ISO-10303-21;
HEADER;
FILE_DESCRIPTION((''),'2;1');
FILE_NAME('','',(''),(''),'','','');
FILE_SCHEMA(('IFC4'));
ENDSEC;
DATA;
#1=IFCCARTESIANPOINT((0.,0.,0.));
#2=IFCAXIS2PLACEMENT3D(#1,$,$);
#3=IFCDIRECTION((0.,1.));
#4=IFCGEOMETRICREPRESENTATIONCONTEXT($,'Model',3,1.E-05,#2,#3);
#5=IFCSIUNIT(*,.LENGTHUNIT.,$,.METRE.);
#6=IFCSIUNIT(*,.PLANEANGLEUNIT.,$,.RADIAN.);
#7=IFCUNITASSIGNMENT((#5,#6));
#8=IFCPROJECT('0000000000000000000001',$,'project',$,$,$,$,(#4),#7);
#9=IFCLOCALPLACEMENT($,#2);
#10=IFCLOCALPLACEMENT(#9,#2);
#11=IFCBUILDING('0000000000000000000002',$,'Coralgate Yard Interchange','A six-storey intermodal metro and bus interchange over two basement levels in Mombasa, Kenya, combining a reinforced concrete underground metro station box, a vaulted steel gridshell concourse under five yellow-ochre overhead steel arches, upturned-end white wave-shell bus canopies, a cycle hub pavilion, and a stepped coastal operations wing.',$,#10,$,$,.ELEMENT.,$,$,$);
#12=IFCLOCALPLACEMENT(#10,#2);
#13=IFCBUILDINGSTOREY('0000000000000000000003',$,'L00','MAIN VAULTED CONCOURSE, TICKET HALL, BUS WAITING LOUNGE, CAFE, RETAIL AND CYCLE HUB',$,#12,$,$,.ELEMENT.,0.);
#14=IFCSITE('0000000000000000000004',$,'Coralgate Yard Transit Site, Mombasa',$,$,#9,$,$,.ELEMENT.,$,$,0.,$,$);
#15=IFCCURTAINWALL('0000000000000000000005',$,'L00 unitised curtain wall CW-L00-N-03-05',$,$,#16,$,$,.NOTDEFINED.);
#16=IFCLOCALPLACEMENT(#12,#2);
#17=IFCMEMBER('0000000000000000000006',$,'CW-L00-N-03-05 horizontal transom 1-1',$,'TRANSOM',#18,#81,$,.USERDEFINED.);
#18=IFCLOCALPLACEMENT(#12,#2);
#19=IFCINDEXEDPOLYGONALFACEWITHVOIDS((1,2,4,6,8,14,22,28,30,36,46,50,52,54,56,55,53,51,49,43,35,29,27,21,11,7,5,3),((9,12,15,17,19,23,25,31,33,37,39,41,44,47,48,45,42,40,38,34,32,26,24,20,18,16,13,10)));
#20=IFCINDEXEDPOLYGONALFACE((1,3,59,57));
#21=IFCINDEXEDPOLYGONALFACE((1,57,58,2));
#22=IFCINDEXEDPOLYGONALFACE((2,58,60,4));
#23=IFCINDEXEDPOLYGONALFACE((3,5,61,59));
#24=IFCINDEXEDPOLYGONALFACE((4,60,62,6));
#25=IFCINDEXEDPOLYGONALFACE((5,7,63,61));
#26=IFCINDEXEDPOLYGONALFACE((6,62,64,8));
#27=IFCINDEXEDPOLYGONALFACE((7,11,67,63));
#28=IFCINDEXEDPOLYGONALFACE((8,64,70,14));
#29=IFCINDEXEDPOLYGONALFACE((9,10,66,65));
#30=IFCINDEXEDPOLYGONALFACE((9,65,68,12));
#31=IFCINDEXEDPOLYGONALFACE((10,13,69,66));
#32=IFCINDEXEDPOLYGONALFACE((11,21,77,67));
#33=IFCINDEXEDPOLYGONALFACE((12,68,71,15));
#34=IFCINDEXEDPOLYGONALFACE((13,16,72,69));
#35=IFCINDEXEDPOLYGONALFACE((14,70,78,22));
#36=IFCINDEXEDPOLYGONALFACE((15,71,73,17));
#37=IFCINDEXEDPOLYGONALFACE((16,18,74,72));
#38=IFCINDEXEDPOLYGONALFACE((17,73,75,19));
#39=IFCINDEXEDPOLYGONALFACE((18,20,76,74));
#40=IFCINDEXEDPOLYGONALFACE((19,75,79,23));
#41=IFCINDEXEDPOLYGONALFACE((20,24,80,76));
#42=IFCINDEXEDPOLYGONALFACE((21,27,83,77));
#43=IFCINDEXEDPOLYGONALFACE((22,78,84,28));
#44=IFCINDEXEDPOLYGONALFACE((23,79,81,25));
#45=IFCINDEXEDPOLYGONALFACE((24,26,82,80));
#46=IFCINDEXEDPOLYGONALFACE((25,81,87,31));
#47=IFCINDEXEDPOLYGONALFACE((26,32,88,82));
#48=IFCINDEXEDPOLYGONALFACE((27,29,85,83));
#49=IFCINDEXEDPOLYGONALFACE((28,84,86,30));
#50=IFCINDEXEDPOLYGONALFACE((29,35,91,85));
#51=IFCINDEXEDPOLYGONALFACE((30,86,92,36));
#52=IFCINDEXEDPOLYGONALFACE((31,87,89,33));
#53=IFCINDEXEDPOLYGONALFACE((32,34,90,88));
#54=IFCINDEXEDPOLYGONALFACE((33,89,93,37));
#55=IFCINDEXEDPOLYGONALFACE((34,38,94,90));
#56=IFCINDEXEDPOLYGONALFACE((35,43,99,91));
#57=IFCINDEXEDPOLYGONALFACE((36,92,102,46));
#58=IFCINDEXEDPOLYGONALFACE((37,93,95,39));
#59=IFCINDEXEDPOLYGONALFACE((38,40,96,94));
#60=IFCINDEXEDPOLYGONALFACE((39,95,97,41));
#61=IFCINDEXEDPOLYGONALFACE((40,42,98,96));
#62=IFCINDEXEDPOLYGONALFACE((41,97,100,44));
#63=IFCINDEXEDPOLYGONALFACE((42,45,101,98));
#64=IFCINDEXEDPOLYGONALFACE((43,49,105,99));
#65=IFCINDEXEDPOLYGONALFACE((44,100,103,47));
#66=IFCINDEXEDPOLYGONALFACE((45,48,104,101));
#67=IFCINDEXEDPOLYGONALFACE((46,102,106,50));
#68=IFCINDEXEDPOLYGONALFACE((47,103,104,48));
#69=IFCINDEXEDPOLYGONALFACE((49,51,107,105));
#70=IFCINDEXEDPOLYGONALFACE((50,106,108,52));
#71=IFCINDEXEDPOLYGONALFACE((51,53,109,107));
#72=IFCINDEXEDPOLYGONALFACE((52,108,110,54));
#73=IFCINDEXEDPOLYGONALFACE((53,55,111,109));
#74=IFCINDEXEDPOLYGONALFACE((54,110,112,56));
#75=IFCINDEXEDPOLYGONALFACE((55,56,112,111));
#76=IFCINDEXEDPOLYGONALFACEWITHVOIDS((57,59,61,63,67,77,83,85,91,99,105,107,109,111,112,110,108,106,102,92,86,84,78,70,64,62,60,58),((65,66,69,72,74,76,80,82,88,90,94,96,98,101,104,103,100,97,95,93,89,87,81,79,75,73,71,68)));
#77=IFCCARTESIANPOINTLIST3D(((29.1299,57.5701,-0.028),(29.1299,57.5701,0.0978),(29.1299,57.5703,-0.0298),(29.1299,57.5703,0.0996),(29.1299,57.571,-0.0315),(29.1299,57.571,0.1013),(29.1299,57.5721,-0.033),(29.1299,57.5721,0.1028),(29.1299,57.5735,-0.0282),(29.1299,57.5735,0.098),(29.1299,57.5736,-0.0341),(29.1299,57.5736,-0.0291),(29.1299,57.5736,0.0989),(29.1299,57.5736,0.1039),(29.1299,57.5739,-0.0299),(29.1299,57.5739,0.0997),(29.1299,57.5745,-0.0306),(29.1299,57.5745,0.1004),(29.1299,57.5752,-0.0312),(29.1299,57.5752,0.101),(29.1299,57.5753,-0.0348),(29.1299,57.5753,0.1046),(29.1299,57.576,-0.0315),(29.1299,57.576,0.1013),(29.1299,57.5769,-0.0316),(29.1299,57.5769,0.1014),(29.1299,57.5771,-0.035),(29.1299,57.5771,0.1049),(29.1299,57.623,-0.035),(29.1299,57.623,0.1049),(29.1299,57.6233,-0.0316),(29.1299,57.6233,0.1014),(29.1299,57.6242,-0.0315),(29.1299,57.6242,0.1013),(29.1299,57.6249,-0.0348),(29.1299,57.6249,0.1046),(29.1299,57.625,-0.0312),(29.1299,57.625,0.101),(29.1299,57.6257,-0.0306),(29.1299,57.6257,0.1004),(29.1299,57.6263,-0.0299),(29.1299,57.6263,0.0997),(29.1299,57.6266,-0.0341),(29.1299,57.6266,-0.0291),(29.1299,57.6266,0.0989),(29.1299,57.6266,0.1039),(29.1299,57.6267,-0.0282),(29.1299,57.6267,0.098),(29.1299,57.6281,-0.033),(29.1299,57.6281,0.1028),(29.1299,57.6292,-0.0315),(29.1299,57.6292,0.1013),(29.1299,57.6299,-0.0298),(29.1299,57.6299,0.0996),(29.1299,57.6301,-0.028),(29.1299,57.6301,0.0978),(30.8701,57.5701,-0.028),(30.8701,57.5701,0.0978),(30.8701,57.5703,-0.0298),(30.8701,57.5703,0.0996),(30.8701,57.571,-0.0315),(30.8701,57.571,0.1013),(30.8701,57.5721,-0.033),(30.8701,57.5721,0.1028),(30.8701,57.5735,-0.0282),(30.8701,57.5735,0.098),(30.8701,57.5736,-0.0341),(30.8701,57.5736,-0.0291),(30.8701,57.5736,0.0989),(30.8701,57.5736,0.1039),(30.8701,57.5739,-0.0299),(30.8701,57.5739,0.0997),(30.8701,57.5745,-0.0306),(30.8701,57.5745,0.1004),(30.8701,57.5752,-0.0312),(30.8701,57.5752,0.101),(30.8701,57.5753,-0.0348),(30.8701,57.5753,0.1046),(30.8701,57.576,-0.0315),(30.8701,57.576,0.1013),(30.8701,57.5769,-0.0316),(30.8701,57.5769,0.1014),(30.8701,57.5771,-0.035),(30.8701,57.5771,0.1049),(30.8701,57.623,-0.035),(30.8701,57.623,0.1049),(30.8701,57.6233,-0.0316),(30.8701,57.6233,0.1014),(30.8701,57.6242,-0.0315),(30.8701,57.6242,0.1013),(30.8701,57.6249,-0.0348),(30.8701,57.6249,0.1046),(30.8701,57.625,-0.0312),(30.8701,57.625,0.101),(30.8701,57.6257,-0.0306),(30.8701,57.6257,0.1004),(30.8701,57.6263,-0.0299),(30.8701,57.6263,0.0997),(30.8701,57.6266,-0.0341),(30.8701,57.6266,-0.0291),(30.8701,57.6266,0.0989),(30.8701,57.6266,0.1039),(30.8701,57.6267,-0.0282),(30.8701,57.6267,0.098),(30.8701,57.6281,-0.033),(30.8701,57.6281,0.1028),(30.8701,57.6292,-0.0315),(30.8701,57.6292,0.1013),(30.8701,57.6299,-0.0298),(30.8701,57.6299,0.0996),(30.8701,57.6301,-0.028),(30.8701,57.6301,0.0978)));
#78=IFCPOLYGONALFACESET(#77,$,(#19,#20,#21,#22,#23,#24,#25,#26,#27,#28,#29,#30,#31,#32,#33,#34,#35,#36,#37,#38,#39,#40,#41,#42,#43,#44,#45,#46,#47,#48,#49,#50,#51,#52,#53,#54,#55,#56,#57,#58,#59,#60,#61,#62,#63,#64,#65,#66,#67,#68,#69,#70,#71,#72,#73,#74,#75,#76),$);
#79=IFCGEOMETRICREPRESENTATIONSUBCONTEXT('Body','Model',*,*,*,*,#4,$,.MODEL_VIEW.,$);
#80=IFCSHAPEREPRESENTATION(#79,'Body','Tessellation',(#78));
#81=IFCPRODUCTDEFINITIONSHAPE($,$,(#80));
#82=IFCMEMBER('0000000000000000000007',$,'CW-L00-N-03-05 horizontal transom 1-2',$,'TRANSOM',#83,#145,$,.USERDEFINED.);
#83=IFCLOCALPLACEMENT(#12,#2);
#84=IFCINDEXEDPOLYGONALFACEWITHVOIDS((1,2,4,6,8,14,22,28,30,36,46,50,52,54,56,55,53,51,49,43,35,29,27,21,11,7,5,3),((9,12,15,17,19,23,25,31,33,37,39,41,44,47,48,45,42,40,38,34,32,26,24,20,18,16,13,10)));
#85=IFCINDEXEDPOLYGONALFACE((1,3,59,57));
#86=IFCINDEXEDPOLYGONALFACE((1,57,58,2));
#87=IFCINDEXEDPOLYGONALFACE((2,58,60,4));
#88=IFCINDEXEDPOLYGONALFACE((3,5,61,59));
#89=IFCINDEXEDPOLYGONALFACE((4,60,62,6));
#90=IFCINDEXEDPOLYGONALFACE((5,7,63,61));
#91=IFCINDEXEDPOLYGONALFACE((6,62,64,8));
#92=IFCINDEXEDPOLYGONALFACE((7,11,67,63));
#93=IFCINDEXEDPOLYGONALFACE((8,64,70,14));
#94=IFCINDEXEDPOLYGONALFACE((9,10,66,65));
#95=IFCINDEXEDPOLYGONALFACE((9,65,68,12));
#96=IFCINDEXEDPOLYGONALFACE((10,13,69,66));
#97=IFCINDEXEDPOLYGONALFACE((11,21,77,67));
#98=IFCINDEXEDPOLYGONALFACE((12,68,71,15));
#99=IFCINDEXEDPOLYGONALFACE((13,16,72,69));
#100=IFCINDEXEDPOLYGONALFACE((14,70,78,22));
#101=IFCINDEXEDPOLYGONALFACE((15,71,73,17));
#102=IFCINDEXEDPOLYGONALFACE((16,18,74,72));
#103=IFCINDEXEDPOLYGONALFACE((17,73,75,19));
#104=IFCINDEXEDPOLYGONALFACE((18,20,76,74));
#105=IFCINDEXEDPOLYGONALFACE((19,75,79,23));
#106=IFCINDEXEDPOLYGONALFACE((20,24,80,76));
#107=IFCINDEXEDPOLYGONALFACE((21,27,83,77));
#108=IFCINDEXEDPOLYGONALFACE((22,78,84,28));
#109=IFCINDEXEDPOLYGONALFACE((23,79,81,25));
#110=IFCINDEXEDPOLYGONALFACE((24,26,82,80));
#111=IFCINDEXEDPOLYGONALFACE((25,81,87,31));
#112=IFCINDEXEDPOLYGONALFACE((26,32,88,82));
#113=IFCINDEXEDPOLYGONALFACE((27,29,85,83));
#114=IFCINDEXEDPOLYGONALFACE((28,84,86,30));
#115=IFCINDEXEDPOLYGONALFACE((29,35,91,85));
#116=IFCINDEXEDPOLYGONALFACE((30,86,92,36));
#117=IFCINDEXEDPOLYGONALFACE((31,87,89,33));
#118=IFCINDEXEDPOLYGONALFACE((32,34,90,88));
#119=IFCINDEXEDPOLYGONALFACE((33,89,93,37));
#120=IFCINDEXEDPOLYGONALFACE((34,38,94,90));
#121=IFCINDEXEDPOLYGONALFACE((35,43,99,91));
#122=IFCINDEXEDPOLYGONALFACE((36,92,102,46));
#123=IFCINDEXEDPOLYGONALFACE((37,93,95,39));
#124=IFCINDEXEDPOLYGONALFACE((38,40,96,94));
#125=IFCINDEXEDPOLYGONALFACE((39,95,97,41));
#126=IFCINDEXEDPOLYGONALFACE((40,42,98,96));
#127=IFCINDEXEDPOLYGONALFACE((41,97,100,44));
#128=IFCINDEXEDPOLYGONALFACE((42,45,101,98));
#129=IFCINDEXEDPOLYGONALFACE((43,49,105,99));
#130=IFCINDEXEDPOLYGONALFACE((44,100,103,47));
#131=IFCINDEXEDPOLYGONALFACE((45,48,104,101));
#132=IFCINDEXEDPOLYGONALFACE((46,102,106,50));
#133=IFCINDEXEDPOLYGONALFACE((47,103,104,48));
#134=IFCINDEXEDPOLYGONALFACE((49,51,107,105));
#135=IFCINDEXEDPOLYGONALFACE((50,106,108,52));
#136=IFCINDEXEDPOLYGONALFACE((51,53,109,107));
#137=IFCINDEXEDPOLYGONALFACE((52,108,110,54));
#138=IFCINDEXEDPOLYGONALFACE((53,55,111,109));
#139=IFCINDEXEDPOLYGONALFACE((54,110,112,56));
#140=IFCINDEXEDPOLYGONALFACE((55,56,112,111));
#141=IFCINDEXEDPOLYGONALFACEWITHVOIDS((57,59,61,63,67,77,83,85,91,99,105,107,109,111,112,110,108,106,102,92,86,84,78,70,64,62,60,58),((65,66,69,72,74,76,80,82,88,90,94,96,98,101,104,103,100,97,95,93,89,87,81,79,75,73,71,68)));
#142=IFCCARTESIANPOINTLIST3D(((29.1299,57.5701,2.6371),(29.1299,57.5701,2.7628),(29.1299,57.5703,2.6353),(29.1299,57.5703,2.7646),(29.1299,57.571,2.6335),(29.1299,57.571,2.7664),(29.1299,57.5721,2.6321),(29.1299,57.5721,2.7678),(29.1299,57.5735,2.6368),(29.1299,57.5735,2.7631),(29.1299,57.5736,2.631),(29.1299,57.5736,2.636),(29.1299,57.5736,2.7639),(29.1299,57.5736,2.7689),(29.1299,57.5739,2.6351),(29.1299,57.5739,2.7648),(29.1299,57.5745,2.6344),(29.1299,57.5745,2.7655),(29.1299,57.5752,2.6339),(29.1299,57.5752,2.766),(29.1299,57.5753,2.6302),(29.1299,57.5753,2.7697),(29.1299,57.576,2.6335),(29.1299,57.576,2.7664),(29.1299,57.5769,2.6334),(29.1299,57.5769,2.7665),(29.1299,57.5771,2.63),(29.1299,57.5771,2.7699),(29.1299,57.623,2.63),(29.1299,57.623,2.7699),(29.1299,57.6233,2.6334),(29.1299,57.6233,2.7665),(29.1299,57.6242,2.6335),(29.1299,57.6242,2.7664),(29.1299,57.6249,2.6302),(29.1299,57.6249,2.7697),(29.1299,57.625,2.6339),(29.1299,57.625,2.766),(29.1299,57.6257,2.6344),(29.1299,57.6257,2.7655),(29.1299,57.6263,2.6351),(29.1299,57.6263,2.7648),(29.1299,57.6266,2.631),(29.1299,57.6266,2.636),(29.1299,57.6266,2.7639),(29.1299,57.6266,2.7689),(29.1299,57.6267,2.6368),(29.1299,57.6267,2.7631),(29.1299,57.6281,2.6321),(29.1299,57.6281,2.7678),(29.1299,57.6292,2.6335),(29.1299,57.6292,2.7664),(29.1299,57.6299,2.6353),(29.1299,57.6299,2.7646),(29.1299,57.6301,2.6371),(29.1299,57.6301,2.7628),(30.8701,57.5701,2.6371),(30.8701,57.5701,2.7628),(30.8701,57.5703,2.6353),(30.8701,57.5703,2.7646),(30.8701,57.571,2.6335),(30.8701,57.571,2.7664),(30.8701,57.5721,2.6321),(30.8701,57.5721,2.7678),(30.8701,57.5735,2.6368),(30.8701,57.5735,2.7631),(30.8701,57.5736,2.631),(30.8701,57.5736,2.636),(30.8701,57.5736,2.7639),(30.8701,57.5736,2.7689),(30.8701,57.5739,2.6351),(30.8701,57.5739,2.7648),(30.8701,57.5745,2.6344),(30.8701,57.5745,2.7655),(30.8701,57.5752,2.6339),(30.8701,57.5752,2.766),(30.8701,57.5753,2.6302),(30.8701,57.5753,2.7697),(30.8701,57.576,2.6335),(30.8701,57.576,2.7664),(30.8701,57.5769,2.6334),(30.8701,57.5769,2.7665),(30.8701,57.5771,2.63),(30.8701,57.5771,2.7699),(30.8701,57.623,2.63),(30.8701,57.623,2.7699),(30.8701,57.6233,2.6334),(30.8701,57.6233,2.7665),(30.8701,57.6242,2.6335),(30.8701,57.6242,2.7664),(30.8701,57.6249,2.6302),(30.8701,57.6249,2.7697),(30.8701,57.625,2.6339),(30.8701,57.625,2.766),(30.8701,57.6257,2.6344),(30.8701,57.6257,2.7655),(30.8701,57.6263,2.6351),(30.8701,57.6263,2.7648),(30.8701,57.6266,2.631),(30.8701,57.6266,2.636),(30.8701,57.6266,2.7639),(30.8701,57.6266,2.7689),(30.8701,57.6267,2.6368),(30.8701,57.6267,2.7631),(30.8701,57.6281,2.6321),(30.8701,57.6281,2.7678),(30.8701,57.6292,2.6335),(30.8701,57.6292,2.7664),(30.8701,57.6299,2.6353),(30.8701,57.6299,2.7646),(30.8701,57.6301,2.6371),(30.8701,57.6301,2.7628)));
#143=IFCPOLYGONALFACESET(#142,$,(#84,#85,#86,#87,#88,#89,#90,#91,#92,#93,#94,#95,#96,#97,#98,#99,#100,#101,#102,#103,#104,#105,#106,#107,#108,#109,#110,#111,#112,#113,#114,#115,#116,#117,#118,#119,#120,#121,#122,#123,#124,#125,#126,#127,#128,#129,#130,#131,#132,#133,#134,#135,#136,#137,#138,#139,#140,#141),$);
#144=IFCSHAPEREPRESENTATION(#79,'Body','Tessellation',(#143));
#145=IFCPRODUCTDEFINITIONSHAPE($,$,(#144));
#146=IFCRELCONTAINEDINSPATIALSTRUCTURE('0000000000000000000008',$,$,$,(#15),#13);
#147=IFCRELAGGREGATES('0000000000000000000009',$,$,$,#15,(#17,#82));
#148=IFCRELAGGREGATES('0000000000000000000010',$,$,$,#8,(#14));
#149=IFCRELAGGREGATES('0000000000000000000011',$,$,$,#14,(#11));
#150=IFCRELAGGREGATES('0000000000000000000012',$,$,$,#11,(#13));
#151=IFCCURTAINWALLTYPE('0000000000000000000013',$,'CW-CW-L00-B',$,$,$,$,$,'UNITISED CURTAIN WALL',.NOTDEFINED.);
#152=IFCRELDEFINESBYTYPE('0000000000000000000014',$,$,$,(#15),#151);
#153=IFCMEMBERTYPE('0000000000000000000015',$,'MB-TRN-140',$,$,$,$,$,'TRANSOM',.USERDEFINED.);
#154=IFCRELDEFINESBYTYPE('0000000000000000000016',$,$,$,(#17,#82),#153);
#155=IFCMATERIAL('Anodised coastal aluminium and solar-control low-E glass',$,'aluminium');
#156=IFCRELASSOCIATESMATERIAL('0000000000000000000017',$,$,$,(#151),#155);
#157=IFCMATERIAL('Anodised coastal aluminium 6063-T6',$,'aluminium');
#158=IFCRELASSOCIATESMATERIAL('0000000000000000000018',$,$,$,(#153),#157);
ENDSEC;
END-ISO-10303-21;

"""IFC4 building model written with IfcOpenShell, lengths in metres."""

from ifc_helpers import new_model, si_unit, direction, frame, origin, origin_2d, place, context, subcontext, project, spatial, hollow_rectangle, extrude, material, material_profile, profile_set, type_object, element, aggregate, save


model = new_model("IFC4")

# Units and contexts
model_context = context("Model", 3, precision=1e-05, world=origin(), true_north=direction((0.0, 1.0)))
body_context = subcontext(model_context, "Body", "Model", "MODEL_VIEW")
ifc_project = project(units=[si_unit("LENGTHUNIT", "METRE"), si_unit("PLANEANGLEUNIT", "RADIAN")], contexts=[model_context])

# Site, building, storey
site_placement = place(None, origin())
site = spatial("IfcSite", under=ifc_project, at=site_placement, Name="Coralgate Yard Transit Site, Mombasa", CompositionType="ELEMENT", RefElevation=0.0)
building_placement = place(site_placement, origin())
building = spatial("IfcBuilding", under=site, at=building_placement, Name="Coralgate Yard Interchange", Description="A six-storey intermodal metro and bus interchange over two basement levels in Mombasa, Kenya, combining a reinforced concrete underground metro station box, a vaulted steel gridshell concourse under five yellow-ochre overhead steel arches, upturned-end white wave-shell bus canopies, a cycle hub pavilion, and a stepped coastal operations wing.", CompositionType="ELEMENT")
storey_placement = place(building_placement, origin())
storey = spatial("IfcBuildingStorey", under=building, at=storey_placement, Name="L00", Description="MAIN VAULTED CONCOURSE, TICKET HALL, BUS WAITING LOUNGE, CAFE, RETAIL AND CYCLE HUB", CompositionType="ELEMENT", Elevation=0.0)

# Shared definitions
ifc_material_1 = material(Name="Anodised coastal aluminium and solar-control low-E glass", Category="aluminium")
curtain_wall_type = type_object("IfcCurtainWallType", Name="CW-CW-L00-B", ElementType="UNITISED CURTAIN WALL", PredefinedType="NOTDEFINED", material=ifc_material_1)
ifc_material_2 = material(Name="Anodised coastal aluminium 6063-T6", Category="aluminium")

# Curtain wall
curtain_wall_1_placement = place(storey_placement, origin())
curtain_wall_1 = element("IfcCurtainWall", 1, at=curtain_wall_1_placement, inside=storey, type_object=curtain_wall_type, Name="L00 unitised curtain wall CW-L00-N-03-05", PredefinedType="NOTDEFINED")

# Members
ifc_material_profile_1 = material_profile(ifc_material_2, hollow_rectangle(XDim=0.0601, YDim=0.1399, WallThickness=0.0034, InnerFilletRadius=0.0034, OuterFilletRadius=0.0071, at=origin_2d()), Name="ALU 60x140x3.5")
ifc_profile_set_1 = profile_set([ifc_material_profile_1], Name="Anodised coastal aluminium 6063-T6")
member_type_1 = type_object("IfcMemberType", Name="MB-TRN-140", ElementType="TRANSOM", PredefinedType="USERDEFINED", material=ifc_profile_set_1)
member_1_placement = place(storey_placement, frame((29.1299, 57.6001, 0.0349), z_axis=(1.0, 0.0, 0.0), x_axis=(0.0, 1.0, 0.0)))
member_1 = element("IfcMember", 2, at=member_1_placement, type_object=member_type_1, Name="CW-L00-N-03-05 horizontal transom 1-1", ObjectType="TRANSOM", PredefinedType="USERDEFINED", context=body_context, shape_type="SweptSolid", body=[
    extrude(hollow_rectangle(XDim=0.0601, YDim=0.1399, WallThickness=0.0034, InnerFilletRadius=0.0034, OuterFilletRadius=0.0071, at=origin_2d()), origin(), (0.0, 0.0, 1.0), 1.7402),
])
member_2_placement = place(storey_placement, frame((29.1299, 57.6001, 2.7), z_axis=(1.0, 0.0, 0.0), x_axis=(0.0, 1.0, 0.0)))
member_2 = element("IfcMember", 3, at=member_2_placement, type_object=member_type_1, Name="CW-L00-N-03-05 horizontal transom 1-2", ObjectType="TRANSOM", PredefinedType="USERDEFINED", context=body_context, shape_type="SweptSolid", body=[
    extrude(hollow_rectangle(XDim=0.0601, YDim=0.1399, WallThickness=0.0034, InnerFilletRadius=0.0034, OuterFilletRadius=0.0071, at=origin_2d()), origin(), (0.0, 0.0, 1.0), 1.7402),
])

aggregate(curtain_wall_1, [member_1, member_2])

save(model, "model.ifc")
